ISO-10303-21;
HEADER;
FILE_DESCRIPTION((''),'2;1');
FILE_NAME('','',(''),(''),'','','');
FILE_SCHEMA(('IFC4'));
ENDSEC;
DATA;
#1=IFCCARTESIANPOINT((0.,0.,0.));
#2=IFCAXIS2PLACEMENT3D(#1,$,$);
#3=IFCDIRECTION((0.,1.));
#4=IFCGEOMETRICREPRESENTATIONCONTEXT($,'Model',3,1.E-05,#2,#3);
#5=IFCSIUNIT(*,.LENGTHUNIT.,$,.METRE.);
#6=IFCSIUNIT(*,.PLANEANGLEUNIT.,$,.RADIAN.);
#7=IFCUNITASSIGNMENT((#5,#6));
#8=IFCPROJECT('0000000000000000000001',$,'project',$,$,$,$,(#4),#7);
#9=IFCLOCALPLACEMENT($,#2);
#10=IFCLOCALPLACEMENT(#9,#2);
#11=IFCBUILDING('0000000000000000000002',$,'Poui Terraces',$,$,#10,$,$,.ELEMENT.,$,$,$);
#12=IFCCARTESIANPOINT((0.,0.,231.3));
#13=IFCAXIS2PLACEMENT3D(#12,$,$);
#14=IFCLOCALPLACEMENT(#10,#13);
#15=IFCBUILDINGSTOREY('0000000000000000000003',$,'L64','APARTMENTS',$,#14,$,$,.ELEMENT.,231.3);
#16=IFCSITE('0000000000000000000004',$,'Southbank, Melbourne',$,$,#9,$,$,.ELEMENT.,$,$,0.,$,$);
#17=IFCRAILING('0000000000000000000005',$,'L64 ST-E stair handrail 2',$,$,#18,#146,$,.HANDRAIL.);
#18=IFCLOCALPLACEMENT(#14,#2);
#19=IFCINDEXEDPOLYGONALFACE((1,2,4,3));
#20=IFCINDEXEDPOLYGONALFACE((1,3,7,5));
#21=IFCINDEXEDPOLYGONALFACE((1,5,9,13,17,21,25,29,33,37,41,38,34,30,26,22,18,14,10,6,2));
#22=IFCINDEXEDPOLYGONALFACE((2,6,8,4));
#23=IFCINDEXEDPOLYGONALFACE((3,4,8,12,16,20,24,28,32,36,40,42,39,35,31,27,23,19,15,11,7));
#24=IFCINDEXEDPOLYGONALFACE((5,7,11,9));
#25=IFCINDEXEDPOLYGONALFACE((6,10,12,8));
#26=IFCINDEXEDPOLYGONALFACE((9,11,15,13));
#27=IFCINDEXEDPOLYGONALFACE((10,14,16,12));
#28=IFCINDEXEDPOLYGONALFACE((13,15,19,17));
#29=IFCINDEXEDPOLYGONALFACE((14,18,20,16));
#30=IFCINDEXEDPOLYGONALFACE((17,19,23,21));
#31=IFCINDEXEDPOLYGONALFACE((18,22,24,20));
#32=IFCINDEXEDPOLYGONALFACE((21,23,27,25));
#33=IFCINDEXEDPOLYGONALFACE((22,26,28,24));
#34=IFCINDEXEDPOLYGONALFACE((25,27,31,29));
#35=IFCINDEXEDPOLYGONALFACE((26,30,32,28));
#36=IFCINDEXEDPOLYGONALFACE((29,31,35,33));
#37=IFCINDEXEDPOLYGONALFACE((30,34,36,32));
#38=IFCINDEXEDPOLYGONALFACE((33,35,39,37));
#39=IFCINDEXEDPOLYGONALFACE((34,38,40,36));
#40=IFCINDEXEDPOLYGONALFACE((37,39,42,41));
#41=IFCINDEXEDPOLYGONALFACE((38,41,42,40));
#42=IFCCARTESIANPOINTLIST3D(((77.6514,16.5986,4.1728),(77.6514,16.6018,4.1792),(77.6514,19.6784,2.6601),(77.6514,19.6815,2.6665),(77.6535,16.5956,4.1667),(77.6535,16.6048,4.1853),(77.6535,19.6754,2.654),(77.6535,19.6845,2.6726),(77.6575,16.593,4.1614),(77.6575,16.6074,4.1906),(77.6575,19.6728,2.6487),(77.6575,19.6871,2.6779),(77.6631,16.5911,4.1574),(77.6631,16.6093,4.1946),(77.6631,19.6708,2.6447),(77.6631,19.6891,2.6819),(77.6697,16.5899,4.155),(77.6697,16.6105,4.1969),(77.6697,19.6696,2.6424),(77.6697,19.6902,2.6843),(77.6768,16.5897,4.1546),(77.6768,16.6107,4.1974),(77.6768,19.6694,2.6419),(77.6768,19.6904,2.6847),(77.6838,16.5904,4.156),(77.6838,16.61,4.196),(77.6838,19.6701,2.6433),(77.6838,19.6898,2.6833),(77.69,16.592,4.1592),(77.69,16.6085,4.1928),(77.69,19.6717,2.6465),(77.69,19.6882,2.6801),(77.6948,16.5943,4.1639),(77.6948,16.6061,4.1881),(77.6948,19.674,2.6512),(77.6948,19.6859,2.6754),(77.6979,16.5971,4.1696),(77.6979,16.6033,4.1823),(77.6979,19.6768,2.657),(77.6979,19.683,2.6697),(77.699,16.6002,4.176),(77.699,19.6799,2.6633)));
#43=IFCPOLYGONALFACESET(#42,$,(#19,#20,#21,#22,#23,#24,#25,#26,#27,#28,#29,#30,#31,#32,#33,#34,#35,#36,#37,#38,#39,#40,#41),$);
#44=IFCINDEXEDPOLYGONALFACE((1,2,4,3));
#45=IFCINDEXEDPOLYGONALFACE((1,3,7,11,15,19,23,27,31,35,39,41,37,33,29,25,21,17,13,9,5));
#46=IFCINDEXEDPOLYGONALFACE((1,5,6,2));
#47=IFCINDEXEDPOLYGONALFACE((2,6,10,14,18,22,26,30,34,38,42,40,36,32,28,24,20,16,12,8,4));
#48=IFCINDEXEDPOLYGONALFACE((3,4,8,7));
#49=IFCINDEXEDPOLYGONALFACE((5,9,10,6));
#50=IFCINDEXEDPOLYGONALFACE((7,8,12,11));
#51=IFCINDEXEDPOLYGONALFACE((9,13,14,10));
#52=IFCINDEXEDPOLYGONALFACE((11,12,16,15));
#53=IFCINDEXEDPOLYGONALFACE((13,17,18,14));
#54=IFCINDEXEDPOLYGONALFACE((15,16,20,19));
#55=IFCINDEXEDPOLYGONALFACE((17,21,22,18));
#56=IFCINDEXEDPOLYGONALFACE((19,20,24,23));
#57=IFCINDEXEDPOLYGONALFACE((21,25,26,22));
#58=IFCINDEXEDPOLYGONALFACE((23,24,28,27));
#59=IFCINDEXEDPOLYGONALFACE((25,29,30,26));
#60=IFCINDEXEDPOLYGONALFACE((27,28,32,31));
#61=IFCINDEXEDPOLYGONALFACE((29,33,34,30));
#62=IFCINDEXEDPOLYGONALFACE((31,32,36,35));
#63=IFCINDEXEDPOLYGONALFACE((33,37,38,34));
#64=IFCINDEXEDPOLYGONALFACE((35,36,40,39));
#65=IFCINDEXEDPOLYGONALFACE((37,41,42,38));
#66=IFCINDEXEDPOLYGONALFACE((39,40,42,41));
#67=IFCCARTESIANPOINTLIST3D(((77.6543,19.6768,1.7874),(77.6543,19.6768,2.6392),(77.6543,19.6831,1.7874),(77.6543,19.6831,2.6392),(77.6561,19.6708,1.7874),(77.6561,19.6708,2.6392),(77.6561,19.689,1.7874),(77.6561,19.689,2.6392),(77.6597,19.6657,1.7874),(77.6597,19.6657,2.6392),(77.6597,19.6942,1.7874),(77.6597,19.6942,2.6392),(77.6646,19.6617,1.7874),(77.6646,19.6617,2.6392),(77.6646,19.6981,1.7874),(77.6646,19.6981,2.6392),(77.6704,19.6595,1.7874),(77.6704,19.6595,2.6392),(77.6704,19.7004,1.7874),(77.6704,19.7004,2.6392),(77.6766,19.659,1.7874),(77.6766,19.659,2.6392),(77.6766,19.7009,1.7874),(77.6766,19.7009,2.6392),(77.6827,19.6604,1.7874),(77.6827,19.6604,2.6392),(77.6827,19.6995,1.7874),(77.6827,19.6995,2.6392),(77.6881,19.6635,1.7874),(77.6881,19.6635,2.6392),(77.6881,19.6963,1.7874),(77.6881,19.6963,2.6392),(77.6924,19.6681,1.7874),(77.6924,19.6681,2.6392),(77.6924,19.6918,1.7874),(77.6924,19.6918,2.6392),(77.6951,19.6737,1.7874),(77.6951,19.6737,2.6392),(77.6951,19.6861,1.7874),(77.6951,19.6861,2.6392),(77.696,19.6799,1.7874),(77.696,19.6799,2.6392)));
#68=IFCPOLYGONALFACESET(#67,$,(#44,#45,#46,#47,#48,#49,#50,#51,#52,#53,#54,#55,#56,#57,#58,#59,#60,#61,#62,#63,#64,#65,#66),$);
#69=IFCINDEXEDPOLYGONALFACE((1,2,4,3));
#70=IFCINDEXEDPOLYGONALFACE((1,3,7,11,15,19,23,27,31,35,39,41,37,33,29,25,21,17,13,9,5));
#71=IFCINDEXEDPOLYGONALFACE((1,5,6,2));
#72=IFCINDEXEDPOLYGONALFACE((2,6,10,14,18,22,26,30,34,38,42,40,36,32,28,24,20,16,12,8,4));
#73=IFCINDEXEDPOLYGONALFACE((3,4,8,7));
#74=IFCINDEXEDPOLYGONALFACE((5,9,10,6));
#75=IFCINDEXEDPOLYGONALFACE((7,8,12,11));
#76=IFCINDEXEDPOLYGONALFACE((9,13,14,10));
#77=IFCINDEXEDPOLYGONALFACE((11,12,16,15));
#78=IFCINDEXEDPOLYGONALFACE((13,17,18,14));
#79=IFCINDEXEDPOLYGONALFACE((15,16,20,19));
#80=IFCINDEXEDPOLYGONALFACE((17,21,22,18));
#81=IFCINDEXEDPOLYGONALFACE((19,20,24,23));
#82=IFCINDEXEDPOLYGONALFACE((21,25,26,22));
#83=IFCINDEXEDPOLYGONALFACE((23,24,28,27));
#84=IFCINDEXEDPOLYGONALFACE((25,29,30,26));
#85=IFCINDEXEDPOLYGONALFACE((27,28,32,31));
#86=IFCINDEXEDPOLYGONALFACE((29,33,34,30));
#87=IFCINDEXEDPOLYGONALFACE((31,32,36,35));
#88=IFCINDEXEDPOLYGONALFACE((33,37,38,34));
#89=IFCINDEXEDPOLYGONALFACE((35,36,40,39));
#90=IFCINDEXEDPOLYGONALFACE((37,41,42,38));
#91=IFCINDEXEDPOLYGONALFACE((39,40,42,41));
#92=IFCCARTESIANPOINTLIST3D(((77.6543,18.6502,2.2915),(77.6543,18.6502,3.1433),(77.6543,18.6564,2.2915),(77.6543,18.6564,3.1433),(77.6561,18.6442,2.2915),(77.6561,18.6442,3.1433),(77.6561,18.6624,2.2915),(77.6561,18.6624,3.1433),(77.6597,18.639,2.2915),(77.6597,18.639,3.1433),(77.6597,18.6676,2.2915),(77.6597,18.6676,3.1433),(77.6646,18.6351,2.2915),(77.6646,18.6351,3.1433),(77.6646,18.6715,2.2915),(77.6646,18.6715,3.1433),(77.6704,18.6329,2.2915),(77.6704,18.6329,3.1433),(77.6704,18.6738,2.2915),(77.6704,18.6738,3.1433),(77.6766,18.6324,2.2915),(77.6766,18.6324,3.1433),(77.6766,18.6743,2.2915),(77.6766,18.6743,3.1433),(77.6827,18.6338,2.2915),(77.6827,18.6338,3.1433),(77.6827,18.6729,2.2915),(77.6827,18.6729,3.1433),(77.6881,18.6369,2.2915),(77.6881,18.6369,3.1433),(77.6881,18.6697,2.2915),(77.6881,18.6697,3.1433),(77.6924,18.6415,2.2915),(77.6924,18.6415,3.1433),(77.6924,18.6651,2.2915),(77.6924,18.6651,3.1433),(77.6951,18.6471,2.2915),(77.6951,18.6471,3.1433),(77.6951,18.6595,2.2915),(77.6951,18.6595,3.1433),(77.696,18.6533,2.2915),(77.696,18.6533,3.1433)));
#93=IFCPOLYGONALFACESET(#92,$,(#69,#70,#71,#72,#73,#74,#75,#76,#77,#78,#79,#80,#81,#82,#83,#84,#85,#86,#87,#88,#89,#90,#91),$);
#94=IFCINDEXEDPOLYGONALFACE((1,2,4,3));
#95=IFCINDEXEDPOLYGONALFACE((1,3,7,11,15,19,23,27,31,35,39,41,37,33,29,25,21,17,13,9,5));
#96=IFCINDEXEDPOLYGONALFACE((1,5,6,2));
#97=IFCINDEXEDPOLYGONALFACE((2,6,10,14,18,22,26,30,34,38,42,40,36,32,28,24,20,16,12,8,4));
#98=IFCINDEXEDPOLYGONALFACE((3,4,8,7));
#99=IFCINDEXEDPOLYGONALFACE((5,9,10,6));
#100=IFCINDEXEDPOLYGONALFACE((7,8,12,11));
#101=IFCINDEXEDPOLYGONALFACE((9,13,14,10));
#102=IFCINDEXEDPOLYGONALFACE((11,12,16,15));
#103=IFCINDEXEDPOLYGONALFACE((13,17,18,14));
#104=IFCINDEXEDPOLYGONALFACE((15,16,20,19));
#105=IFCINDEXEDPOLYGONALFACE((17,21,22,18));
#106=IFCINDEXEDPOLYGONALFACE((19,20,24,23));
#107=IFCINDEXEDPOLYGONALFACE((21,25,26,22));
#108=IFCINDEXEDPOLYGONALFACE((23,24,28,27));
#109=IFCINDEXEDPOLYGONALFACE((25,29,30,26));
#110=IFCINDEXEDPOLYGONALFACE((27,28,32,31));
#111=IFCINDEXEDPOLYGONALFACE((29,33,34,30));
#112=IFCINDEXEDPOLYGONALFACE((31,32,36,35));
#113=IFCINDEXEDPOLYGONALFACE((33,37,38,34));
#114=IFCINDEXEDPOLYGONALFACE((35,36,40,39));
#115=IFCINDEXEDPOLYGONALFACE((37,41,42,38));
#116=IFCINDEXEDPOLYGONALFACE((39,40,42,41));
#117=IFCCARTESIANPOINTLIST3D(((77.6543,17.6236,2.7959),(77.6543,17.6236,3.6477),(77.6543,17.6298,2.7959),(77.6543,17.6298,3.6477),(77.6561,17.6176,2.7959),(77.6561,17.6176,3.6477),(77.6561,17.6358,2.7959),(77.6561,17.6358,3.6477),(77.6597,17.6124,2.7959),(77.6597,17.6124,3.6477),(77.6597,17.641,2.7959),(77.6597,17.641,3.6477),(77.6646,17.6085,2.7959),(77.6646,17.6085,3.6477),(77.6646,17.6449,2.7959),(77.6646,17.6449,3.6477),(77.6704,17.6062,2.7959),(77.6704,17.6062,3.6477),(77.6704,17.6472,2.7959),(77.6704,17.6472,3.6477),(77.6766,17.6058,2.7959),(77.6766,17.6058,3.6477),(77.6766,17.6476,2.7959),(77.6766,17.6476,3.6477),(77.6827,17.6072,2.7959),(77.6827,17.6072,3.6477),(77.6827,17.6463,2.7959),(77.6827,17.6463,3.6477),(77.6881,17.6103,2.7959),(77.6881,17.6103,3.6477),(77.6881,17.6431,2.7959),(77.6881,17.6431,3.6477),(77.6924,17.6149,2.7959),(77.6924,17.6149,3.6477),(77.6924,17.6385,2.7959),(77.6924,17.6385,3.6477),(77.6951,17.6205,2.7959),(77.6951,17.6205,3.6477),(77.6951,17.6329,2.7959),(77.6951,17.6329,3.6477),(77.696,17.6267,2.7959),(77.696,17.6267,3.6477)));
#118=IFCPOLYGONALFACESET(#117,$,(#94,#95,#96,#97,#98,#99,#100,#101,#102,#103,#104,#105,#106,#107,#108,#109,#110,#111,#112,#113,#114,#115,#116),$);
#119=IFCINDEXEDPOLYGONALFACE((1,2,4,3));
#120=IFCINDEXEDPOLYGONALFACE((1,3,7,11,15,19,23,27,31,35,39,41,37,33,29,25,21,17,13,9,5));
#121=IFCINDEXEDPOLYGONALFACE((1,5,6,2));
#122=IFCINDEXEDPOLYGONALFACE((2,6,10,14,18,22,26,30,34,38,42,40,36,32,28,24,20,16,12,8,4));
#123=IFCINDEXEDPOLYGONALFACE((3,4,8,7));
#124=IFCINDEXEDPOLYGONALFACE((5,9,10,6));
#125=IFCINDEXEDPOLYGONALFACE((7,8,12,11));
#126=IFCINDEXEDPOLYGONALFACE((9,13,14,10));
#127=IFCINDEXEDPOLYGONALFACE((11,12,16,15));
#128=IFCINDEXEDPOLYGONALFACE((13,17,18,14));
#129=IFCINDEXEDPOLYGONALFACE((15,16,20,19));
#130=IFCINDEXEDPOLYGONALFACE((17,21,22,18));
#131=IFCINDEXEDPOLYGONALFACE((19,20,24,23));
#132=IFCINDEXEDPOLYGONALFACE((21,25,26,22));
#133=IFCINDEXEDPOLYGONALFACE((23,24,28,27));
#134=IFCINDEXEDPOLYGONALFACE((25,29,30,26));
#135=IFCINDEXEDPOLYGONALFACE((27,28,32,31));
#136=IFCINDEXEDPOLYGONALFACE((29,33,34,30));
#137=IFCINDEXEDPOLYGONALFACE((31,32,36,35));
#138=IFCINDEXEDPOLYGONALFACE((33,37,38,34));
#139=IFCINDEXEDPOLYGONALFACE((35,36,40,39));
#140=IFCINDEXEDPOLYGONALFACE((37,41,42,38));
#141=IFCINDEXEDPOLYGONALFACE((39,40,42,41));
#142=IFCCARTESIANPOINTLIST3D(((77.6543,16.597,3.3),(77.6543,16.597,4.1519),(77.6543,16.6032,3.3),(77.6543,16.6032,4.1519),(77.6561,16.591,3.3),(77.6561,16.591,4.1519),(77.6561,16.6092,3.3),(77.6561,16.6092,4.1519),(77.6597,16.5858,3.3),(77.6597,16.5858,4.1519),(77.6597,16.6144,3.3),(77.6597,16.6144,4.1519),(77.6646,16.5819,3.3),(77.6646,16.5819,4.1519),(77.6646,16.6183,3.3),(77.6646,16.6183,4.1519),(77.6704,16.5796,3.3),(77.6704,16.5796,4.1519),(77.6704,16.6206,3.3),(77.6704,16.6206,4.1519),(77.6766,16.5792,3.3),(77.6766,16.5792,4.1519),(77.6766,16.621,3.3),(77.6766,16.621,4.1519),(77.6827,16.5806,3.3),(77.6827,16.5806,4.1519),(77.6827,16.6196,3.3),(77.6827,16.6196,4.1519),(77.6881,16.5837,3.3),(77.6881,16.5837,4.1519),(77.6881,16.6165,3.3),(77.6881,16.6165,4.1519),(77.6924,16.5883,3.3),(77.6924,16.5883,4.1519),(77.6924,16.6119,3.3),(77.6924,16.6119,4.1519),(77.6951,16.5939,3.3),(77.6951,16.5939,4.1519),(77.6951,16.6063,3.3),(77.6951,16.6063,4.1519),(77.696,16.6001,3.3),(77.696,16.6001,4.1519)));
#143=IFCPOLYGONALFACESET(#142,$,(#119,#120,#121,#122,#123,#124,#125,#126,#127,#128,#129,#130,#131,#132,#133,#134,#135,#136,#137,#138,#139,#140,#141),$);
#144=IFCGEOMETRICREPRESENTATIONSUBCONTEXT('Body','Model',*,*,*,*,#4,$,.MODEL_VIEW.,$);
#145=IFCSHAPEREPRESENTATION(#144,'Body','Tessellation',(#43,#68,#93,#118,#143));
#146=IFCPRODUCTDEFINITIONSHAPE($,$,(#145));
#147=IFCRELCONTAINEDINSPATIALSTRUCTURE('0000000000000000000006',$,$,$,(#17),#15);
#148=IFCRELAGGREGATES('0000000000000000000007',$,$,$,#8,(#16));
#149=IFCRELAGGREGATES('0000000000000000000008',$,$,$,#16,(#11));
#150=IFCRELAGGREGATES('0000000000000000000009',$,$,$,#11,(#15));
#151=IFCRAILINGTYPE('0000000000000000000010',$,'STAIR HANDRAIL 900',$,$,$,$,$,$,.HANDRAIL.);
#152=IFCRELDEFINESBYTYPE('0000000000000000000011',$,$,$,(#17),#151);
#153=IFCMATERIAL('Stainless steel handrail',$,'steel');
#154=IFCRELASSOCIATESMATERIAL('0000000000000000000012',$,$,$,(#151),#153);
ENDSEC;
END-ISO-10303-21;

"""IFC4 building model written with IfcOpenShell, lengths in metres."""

from ifc_helpers import new_model, si_unit, direction, frame, origin, origin_2d, place, context, subcontext, project, spatial, circle, extrude, material, type_object, element, save


model = new_model("IFC4")

# Units and contexts
model_context = context("Model", 3, precision=1e-05, world=origin(), true_north=direction((0.0, 1.0)))
body_context = subcontext(model_context, "Body", "Model", "MODEL_VIEW")
ifc_project = project(units=[si_unit("LENGTHUNIT", "METRE"), si_unit("PLANEANGLEUNIT", "RADIAN")], contexts=[model_context])

# Site, building, storey
site_placement = place(None, origin())
site = spatial("IfcSite", under=ifc_project, at=site_placement, Name="Southbank, Melbourne", CompositionType="ELEMENT", RefElevation=0.0)
building_placement = place(site_placement, origin())
building = spatial("IfcBuilding", under=site, at=building_placement, Name="Poui Terraces", CompositionType="ELEMENT")
storey_placement = place(building_placement, frame((0.0, 0.0, 231.3)))
storey = spatial("IfcBuildingStorey", under=building, at=storey_placement, Name="L64", Description="APARTMENTS", CompositionType="ELEMENT", Elevation=231.3)

# Railing
ifc_material_1 = material(Name="Stainless steel handrail", Category="steel")
railing_type_1 = type_object("IfcRailingType", Name="STAIR HANDRAIL 900", PredefinedType="HANDRAIL", material=ifc_material_1)
railing_1_placement = place(storey_placement, frame((77.675, 19.6799, 1.7874)))
element("IfcRailing", 1, at=railing_1_placement, inside=storey, type_object=railing_type_1, Name="L64 ST-E stair handrail 2", PredefinedType="HANDRAIL", context=body_context, shape_type="SweptSolid", body=[
    extrude(circle(Radius=0.0239, at=origin_2d()), frame((0.0, 0.0, 0.876), z_axis=(0.0, -0.897578, 0.440856), x_axis=(1.0, 0.0, 0.0)), (0.0, 0.0, 1.0), 3.4312),
    extrude(circle(Radius=0.021, at=origin_2d()), origin(), (0.0, 0.0, 1.0), 0.8518),
    extrude(circle(Radius=0.021, at=origin_2d()), frame((0.0, -1.0266, 0.5042)), (0.0, 0.0, 1.0), 0.8518),
    extrude(circle(Radius=0.021, at=origin_2d()), frame((0.0, -2.0532, 1.0085)), (0.0, 0.0, 1.0), 0.8518),
    extrude(circle(Radius=0.021, at=origin_2d()), frame((0.0, -3.0798, 1.5127)), (0.0, 0.0, 1.0), 0.8518),
])

save(model, "model.ifc")
